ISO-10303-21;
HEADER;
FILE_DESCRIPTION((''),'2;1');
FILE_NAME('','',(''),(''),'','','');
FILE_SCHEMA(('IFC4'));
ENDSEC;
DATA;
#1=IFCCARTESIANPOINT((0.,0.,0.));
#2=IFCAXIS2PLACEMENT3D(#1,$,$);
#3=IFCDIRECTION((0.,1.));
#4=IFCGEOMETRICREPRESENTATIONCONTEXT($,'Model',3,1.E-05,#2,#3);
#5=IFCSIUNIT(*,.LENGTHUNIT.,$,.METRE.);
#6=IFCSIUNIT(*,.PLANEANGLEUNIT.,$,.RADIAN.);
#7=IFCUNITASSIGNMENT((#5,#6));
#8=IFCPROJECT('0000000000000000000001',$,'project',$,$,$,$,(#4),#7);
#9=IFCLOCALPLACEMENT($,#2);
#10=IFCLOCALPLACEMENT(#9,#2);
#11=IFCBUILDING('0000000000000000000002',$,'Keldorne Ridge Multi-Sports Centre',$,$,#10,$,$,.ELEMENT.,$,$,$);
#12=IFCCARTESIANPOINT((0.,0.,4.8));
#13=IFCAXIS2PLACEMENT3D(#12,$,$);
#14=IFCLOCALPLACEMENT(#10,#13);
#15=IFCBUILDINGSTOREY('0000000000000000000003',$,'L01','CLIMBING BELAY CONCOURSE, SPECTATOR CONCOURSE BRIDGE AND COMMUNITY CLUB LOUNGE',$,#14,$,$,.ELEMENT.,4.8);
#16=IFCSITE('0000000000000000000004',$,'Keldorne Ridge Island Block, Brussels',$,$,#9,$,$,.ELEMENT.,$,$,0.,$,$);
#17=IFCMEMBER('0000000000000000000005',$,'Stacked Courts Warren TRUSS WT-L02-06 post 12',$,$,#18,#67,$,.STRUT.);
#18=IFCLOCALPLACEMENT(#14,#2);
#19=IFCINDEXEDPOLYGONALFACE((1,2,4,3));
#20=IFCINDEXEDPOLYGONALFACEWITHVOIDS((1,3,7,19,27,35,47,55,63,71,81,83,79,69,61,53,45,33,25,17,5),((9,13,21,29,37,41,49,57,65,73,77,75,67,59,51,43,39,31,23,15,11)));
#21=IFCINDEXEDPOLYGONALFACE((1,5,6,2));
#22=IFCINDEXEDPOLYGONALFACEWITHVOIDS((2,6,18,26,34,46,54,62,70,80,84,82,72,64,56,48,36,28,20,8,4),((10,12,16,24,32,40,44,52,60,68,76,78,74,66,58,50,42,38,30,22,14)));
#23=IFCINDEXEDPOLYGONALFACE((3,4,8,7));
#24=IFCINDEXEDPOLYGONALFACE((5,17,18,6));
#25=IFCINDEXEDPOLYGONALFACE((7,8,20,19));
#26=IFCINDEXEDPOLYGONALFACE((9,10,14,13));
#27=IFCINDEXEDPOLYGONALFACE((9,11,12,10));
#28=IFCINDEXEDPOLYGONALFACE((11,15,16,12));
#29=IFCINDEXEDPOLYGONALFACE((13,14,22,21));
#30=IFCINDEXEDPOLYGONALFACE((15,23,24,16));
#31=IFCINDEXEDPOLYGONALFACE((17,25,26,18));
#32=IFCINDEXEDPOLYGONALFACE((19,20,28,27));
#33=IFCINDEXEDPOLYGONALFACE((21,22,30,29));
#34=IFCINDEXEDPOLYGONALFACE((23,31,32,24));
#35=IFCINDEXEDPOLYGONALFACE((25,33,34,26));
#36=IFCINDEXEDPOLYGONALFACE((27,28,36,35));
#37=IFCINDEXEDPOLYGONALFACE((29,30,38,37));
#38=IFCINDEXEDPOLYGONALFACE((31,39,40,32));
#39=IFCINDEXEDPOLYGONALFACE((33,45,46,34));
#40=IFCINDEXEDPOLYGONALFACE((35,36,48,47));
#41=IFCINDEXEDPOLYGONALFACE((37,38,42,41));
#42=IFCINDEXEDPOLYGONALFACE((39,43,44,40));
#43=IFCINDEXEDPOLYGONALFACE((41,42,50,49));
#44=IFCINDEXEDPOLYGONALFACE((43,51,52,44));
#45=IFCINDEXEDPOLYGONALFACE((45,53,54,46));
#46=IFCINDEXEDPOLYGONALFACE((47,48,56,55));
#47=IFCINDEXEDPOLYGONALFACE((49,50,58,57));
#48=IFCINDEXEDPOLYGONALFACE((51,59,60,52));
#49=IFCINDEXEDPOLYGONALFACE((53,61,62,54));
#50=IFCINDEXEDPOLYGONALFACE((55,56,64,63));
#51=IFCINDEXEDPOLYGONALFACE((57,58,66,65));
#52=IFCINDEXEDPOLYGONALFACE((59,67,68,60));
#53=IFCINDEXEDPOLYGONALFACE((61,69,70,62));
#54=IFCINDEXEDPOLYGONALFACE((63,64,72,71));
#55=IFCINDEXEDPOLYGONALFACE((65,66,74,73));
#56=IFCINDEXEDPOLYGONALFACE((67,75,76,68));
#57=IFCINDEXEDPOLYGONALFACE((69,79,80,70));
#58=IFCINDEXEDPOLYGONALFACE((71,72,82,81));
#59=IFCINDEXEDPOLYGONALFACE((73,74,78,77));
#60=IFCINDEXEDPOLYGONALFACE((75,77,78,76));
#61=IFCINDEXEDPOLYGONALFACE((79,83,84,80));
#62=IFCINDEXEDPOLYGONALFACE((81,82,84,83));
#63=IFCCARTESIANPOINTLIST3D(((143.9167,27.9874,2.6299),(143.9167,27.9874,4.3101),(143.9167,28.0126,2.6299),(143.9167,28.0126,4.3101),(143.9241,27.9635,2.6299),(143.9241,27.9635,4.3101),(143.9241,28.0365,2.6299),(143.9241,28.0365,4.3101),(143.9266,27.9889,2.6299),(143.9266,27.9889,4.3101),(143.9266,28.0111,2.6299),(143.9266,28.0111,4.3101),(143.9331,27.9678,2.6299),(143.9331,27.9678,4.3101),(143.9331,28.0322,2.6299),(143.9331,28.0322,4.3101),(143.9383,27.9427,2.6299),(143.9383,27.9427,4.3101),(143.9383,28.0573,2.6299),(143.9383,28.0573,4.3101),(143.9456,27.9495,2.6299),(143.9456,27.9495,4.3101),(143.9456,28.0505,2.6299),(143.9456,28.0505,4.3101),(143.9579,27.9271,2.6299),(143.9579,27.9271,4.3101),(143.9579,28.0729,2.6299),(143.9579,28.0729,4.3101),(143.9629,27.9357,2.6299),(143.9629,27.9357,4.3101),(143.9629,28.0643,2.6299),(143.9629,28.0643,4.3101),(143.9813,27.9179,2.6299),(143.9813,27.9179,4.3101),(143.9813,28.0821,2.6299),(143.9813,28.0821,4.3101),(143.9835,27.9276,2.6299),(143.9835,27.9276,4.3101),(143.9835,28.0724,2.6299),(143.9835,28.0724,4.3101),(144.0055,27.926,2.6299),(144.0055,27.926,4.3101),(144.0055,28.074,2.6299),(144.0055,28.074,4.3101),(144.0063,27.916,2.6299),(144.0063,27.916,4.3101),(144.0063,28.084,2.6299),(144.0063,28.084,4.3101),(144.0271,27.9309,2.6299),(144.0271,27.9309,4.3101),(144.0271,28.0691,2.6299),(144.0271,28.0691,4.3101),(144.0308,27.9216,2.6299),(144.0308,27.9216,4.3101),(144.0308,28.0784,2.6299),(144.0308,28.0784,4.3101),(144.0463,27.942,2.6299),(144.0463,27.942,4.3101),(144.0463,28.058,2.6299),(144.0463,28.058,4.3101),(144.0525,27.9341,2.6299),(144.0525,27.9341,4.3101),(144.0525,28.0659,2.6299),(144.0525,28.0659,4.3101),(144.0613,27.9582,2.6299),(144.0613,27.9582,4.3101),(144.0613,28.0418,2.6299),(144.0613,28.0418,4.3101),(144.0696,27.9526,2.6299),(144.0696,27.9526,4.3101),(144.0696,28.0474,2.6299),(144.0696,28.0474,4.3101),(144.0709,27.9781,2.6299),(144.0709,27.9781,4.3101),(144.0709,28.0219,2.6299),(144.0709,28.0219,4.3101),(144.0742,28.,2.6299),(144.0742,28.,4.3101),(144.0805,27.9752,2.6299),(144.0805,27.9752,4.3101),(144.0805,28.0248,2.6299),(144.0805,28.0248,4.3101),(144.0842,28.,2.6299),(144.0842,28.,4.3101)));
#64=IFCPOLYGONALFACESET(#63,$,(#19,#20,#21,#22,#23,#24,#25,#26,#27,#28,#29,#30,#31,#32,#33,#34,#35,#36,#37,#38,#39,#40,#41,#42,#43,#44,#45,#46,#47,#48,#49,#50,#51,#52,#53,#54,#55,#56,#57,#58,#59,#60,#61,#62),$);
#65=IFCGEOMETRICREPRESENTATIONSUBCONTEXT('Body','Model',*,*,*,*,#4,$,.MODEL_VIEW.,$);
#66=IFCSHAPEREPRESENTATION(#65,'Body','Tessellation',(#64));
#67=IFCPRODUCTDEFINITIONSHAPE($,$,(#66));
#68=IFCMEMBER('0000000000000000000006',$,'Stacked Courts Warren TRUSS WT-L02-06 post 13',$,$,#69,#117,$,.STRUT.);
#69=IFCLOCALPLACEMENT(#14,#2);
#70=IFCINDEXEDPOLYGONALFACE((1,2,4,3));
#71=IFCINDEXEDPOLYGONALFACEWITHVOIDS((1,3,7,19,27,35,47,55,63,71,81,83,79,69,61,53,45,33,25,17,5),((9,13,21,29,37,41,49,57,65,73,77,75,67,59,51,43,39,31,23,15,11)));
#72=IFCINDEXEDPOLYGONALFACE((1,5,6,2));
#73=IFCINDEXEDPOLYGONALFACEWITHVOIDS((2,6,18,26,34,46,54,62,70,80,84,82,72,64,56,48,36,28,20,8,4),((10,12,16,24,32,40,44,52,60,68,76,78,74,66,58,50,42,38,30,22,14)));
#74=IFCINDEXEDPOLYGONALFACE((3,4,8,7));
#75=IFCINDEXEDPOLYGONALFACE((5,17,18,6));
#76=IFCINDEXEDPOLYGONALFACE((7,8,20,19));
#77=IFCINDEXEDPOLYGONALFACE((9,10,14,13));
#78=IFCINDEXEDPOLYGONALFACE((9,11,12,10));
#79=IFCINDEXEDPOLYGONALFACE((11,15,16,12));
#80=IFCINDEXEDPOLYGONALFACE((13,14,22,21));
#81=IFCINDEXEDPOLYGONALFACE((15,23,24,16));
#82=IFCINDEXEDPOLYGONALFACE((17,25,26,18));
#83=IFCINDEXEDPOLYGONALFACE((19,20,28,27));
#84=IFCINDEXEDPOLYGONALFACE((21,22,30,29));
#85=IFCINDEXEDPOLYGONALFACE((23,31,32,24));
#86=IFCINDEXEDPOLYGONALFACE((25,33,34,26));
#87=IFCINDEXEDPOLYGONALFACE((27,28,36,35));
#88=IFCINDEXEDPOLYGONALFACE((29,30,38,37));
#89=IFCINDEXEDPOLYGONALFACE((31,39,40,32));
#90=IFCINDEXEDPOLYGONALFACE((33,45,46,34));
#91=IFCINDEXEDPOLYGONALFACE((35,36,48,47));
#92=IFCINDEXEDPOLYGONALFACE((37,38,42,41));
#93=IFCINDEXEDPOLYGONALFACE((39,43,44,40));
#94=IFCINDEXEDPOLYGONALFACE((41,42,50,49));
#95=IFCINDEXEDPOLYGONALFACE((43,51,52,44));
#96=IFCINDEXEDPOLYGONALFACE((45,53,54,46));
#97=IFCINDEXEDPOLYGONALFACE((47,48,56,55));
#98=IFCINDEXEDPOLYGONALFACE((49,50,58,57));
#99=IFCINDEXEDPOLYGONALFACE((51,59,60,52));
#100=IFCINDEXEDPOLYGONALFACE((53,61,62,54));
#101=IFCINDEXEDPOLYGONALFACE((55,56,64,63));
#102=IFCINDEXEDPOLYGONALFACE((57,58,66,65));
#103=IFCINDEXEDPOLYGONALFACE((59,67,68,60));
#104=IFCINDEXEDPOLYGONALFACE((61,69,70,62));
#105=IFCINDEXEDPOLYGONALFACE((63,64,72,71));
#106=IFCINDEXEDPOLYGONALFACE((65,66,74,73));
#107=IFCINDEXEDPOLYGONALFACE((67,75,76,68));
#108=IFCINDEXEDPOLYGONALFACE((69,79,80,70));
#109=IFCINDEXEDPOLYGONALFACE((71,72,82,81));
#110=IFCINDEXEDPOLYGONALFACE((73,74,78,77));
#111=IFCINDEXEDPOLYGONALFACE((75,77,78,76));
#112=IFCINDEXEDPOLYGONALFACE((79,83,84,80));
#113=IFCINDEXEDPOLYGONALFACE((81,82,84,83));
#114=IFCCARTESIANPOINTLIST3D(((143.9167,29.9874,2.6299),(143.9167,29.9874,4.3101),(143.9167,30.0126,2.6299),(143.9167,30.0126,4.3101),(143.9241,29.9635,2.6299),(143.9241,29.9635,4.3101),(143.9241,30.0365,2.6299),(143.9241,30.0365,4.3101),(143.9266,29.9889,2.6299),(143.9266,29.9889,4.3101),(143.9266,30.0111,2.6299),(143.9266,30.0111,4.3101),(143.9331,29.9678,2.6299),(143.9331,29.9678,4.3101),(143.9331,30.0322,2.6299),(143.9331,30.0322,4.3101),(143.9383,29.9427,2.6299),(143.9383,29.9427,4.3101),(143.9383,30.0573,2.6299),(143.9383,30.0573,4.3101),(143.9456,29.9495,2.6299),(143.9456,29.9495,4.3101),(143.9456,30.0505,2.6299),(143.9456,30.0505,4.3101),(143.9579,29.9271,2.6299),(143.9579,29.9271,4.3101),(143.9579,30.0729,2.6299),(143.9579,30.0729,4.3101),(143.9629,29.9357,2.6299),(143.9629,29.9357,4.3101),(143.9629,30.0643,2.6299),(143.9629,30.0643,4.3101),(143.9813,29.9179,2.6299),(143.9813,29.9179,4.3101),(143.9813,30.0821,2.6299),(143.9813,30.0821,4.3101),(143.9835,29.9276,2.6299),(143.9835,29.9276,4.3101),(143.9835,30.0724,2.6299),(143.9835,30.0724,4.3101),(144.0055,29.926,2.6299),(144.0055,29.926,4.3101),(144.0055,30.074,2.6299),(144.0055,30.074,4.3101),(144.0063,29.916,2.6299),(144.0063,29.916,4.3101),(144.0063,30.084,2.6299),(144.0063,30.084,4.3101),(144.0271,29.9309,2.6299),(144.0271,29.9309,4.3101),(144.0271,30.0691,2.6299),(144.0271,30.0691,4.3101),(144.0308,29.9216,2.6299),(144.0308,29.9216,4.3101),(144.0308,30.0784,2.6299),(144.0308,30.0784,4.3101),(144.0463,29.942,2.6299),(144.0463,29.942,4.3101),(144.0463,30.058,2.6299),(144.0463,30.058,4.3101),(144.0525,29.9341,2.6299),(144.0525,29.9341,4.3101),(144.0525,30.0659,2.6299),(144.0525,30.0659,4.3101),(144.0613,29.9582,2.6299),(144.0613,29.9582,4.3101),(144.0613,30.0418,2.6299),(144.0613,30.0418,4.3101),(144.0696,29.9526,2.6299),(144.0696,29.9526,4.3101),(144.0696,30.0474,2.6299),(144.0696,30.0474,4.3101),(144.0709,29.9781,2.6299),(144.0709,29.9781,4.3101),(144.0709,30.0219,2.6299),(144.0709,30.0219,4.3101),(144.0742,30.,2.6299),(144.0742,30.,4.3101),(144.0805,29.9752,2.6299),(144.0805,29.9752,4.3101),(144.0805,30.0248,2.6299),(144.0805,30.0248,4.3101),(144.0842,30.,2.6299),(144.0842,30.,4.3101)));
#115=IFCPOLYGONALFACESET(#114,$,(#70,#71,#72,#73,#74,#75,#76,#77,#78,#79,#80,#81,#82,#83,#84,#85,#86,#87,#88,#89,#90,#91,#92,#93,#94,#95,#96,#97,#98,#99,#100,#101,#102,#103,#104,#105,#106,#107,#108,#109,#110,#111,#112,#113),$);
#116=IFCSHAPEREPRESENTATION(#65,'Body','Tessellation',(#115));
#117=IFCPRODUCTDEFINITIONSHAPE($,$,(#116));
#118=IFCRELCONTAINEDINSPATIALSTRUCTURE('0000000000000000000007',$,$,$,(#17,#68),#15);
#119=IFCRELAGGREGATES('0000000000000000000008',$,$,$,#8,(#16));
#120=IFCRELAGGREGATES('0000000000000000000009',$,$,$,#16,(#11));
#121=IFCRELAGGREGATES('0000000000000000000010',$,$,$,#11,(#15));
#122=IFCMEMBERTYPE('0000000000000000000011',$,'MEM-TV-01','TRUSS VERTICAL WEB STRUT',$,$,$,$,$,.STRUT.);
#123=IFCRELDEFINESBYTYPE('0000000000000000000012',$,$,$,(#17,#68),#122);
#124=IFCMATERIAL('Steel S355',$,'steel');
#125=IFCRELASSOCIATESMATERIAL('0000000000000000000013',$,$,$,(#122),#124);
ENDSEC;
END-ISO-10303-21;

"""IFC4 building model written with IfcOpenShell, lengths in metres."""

from ifc_helpers import new_model, si_unit, direction, frame, origin, origin_2d, place, context, subcontext, project, spatial, hollow_circle, extrude, material, material_profile, profile_set, type_object, element, save


model = new_model("IFC4")

# Units and contexts
model_context = context("Model", 3, precision=1e-05, world=origin(), true_north=direction((0.0, 1.0)))
body_context = subcontext(model_context, "Body", "Model", "MODEL_VIEW")
ifc_project = project(units=[si_unit("LENGTHUNIT", "METRE"), si_unit("PLANEANGLEUNIT", "RADIAN")], contexts=[model_context])

# Site, building, storey
site_placement = place(None, origin())
site = spatial("IfcSite", under=ifc_project, at=site_placement, Name="Keldorne Ridge Island Block, Brussels", CompositionType="ELEMENT", RefElevation=0.0)
building_placement = place(site_placement, origin())
building = spatial("IfcBuilding", under=site, at=building_placement, Name="Keldorne Ridge Multi-Sports Centre", CompositionType="ELEMENT")
storey_placement = place(building_placement, frame((0.0, 0.0, 4.8)))
storey = spatial("IfcBuildingStorey", under=building, at=storey_placement, Name="L01", Description="CLIMBING BELAY CONCOURSE, SPECTATOR CONCOURSE BRIDGE AND COMMUNITY CLUB LOUNGE", CompositionType="ELEMENT", Elevation=4.8)

# Members
ifc_material = material(Name="Steel S355", Category="steel")
ifc_material_profile_1 = material_profile(ifc_material, hollow_circle(Radius=0.0842, WallThickness=0.01, at=origin_2d()), Name="CHS 168.3x10")
ifc_profile_set_1 = profile_set([ifc_material_profile_1], Name="Steel S355")
member_type_1 = type_object("IfcMemberType", Name="MEM-TV-01", Description="TRUSS VERTICAL WEB STRUT", PredefinedType="STRUT", material=ifc_profile_set_1)
for number, where, z_axis, x_axis, name in (
    (1, (144.0, 28.0, 2.6299), (0.0, 0.0, 1.0), (1.0, 0.0, 0.0), "Stacked Courts Warren TRUSS WT-L02-06 post 12"),
    (2, (144.0, 30.0, 2.6299), (0.0, 0.0, 1.0), (1.0, 0.0, 0.0), "Stacked Courts Warren TRUSS WT-L02-06 post 13"),
):
    element("IfcMember", number, at=place(storey_placement, frame(where, z_axis=z_axis, x_axis=x_axis)), inside=storey, type_object=member_type_1, Name=name, PredefinedType="STRUT", context=body_context, shape_type="SweptSolid", body=[
        extrude(hollow_circle(Radius=0.0842, WallThickness=0.01, at=origin_2d()), origin(), (0.0, 0.0, 1.0), 1.6802),
    ])

save(model, "model.ifc")
